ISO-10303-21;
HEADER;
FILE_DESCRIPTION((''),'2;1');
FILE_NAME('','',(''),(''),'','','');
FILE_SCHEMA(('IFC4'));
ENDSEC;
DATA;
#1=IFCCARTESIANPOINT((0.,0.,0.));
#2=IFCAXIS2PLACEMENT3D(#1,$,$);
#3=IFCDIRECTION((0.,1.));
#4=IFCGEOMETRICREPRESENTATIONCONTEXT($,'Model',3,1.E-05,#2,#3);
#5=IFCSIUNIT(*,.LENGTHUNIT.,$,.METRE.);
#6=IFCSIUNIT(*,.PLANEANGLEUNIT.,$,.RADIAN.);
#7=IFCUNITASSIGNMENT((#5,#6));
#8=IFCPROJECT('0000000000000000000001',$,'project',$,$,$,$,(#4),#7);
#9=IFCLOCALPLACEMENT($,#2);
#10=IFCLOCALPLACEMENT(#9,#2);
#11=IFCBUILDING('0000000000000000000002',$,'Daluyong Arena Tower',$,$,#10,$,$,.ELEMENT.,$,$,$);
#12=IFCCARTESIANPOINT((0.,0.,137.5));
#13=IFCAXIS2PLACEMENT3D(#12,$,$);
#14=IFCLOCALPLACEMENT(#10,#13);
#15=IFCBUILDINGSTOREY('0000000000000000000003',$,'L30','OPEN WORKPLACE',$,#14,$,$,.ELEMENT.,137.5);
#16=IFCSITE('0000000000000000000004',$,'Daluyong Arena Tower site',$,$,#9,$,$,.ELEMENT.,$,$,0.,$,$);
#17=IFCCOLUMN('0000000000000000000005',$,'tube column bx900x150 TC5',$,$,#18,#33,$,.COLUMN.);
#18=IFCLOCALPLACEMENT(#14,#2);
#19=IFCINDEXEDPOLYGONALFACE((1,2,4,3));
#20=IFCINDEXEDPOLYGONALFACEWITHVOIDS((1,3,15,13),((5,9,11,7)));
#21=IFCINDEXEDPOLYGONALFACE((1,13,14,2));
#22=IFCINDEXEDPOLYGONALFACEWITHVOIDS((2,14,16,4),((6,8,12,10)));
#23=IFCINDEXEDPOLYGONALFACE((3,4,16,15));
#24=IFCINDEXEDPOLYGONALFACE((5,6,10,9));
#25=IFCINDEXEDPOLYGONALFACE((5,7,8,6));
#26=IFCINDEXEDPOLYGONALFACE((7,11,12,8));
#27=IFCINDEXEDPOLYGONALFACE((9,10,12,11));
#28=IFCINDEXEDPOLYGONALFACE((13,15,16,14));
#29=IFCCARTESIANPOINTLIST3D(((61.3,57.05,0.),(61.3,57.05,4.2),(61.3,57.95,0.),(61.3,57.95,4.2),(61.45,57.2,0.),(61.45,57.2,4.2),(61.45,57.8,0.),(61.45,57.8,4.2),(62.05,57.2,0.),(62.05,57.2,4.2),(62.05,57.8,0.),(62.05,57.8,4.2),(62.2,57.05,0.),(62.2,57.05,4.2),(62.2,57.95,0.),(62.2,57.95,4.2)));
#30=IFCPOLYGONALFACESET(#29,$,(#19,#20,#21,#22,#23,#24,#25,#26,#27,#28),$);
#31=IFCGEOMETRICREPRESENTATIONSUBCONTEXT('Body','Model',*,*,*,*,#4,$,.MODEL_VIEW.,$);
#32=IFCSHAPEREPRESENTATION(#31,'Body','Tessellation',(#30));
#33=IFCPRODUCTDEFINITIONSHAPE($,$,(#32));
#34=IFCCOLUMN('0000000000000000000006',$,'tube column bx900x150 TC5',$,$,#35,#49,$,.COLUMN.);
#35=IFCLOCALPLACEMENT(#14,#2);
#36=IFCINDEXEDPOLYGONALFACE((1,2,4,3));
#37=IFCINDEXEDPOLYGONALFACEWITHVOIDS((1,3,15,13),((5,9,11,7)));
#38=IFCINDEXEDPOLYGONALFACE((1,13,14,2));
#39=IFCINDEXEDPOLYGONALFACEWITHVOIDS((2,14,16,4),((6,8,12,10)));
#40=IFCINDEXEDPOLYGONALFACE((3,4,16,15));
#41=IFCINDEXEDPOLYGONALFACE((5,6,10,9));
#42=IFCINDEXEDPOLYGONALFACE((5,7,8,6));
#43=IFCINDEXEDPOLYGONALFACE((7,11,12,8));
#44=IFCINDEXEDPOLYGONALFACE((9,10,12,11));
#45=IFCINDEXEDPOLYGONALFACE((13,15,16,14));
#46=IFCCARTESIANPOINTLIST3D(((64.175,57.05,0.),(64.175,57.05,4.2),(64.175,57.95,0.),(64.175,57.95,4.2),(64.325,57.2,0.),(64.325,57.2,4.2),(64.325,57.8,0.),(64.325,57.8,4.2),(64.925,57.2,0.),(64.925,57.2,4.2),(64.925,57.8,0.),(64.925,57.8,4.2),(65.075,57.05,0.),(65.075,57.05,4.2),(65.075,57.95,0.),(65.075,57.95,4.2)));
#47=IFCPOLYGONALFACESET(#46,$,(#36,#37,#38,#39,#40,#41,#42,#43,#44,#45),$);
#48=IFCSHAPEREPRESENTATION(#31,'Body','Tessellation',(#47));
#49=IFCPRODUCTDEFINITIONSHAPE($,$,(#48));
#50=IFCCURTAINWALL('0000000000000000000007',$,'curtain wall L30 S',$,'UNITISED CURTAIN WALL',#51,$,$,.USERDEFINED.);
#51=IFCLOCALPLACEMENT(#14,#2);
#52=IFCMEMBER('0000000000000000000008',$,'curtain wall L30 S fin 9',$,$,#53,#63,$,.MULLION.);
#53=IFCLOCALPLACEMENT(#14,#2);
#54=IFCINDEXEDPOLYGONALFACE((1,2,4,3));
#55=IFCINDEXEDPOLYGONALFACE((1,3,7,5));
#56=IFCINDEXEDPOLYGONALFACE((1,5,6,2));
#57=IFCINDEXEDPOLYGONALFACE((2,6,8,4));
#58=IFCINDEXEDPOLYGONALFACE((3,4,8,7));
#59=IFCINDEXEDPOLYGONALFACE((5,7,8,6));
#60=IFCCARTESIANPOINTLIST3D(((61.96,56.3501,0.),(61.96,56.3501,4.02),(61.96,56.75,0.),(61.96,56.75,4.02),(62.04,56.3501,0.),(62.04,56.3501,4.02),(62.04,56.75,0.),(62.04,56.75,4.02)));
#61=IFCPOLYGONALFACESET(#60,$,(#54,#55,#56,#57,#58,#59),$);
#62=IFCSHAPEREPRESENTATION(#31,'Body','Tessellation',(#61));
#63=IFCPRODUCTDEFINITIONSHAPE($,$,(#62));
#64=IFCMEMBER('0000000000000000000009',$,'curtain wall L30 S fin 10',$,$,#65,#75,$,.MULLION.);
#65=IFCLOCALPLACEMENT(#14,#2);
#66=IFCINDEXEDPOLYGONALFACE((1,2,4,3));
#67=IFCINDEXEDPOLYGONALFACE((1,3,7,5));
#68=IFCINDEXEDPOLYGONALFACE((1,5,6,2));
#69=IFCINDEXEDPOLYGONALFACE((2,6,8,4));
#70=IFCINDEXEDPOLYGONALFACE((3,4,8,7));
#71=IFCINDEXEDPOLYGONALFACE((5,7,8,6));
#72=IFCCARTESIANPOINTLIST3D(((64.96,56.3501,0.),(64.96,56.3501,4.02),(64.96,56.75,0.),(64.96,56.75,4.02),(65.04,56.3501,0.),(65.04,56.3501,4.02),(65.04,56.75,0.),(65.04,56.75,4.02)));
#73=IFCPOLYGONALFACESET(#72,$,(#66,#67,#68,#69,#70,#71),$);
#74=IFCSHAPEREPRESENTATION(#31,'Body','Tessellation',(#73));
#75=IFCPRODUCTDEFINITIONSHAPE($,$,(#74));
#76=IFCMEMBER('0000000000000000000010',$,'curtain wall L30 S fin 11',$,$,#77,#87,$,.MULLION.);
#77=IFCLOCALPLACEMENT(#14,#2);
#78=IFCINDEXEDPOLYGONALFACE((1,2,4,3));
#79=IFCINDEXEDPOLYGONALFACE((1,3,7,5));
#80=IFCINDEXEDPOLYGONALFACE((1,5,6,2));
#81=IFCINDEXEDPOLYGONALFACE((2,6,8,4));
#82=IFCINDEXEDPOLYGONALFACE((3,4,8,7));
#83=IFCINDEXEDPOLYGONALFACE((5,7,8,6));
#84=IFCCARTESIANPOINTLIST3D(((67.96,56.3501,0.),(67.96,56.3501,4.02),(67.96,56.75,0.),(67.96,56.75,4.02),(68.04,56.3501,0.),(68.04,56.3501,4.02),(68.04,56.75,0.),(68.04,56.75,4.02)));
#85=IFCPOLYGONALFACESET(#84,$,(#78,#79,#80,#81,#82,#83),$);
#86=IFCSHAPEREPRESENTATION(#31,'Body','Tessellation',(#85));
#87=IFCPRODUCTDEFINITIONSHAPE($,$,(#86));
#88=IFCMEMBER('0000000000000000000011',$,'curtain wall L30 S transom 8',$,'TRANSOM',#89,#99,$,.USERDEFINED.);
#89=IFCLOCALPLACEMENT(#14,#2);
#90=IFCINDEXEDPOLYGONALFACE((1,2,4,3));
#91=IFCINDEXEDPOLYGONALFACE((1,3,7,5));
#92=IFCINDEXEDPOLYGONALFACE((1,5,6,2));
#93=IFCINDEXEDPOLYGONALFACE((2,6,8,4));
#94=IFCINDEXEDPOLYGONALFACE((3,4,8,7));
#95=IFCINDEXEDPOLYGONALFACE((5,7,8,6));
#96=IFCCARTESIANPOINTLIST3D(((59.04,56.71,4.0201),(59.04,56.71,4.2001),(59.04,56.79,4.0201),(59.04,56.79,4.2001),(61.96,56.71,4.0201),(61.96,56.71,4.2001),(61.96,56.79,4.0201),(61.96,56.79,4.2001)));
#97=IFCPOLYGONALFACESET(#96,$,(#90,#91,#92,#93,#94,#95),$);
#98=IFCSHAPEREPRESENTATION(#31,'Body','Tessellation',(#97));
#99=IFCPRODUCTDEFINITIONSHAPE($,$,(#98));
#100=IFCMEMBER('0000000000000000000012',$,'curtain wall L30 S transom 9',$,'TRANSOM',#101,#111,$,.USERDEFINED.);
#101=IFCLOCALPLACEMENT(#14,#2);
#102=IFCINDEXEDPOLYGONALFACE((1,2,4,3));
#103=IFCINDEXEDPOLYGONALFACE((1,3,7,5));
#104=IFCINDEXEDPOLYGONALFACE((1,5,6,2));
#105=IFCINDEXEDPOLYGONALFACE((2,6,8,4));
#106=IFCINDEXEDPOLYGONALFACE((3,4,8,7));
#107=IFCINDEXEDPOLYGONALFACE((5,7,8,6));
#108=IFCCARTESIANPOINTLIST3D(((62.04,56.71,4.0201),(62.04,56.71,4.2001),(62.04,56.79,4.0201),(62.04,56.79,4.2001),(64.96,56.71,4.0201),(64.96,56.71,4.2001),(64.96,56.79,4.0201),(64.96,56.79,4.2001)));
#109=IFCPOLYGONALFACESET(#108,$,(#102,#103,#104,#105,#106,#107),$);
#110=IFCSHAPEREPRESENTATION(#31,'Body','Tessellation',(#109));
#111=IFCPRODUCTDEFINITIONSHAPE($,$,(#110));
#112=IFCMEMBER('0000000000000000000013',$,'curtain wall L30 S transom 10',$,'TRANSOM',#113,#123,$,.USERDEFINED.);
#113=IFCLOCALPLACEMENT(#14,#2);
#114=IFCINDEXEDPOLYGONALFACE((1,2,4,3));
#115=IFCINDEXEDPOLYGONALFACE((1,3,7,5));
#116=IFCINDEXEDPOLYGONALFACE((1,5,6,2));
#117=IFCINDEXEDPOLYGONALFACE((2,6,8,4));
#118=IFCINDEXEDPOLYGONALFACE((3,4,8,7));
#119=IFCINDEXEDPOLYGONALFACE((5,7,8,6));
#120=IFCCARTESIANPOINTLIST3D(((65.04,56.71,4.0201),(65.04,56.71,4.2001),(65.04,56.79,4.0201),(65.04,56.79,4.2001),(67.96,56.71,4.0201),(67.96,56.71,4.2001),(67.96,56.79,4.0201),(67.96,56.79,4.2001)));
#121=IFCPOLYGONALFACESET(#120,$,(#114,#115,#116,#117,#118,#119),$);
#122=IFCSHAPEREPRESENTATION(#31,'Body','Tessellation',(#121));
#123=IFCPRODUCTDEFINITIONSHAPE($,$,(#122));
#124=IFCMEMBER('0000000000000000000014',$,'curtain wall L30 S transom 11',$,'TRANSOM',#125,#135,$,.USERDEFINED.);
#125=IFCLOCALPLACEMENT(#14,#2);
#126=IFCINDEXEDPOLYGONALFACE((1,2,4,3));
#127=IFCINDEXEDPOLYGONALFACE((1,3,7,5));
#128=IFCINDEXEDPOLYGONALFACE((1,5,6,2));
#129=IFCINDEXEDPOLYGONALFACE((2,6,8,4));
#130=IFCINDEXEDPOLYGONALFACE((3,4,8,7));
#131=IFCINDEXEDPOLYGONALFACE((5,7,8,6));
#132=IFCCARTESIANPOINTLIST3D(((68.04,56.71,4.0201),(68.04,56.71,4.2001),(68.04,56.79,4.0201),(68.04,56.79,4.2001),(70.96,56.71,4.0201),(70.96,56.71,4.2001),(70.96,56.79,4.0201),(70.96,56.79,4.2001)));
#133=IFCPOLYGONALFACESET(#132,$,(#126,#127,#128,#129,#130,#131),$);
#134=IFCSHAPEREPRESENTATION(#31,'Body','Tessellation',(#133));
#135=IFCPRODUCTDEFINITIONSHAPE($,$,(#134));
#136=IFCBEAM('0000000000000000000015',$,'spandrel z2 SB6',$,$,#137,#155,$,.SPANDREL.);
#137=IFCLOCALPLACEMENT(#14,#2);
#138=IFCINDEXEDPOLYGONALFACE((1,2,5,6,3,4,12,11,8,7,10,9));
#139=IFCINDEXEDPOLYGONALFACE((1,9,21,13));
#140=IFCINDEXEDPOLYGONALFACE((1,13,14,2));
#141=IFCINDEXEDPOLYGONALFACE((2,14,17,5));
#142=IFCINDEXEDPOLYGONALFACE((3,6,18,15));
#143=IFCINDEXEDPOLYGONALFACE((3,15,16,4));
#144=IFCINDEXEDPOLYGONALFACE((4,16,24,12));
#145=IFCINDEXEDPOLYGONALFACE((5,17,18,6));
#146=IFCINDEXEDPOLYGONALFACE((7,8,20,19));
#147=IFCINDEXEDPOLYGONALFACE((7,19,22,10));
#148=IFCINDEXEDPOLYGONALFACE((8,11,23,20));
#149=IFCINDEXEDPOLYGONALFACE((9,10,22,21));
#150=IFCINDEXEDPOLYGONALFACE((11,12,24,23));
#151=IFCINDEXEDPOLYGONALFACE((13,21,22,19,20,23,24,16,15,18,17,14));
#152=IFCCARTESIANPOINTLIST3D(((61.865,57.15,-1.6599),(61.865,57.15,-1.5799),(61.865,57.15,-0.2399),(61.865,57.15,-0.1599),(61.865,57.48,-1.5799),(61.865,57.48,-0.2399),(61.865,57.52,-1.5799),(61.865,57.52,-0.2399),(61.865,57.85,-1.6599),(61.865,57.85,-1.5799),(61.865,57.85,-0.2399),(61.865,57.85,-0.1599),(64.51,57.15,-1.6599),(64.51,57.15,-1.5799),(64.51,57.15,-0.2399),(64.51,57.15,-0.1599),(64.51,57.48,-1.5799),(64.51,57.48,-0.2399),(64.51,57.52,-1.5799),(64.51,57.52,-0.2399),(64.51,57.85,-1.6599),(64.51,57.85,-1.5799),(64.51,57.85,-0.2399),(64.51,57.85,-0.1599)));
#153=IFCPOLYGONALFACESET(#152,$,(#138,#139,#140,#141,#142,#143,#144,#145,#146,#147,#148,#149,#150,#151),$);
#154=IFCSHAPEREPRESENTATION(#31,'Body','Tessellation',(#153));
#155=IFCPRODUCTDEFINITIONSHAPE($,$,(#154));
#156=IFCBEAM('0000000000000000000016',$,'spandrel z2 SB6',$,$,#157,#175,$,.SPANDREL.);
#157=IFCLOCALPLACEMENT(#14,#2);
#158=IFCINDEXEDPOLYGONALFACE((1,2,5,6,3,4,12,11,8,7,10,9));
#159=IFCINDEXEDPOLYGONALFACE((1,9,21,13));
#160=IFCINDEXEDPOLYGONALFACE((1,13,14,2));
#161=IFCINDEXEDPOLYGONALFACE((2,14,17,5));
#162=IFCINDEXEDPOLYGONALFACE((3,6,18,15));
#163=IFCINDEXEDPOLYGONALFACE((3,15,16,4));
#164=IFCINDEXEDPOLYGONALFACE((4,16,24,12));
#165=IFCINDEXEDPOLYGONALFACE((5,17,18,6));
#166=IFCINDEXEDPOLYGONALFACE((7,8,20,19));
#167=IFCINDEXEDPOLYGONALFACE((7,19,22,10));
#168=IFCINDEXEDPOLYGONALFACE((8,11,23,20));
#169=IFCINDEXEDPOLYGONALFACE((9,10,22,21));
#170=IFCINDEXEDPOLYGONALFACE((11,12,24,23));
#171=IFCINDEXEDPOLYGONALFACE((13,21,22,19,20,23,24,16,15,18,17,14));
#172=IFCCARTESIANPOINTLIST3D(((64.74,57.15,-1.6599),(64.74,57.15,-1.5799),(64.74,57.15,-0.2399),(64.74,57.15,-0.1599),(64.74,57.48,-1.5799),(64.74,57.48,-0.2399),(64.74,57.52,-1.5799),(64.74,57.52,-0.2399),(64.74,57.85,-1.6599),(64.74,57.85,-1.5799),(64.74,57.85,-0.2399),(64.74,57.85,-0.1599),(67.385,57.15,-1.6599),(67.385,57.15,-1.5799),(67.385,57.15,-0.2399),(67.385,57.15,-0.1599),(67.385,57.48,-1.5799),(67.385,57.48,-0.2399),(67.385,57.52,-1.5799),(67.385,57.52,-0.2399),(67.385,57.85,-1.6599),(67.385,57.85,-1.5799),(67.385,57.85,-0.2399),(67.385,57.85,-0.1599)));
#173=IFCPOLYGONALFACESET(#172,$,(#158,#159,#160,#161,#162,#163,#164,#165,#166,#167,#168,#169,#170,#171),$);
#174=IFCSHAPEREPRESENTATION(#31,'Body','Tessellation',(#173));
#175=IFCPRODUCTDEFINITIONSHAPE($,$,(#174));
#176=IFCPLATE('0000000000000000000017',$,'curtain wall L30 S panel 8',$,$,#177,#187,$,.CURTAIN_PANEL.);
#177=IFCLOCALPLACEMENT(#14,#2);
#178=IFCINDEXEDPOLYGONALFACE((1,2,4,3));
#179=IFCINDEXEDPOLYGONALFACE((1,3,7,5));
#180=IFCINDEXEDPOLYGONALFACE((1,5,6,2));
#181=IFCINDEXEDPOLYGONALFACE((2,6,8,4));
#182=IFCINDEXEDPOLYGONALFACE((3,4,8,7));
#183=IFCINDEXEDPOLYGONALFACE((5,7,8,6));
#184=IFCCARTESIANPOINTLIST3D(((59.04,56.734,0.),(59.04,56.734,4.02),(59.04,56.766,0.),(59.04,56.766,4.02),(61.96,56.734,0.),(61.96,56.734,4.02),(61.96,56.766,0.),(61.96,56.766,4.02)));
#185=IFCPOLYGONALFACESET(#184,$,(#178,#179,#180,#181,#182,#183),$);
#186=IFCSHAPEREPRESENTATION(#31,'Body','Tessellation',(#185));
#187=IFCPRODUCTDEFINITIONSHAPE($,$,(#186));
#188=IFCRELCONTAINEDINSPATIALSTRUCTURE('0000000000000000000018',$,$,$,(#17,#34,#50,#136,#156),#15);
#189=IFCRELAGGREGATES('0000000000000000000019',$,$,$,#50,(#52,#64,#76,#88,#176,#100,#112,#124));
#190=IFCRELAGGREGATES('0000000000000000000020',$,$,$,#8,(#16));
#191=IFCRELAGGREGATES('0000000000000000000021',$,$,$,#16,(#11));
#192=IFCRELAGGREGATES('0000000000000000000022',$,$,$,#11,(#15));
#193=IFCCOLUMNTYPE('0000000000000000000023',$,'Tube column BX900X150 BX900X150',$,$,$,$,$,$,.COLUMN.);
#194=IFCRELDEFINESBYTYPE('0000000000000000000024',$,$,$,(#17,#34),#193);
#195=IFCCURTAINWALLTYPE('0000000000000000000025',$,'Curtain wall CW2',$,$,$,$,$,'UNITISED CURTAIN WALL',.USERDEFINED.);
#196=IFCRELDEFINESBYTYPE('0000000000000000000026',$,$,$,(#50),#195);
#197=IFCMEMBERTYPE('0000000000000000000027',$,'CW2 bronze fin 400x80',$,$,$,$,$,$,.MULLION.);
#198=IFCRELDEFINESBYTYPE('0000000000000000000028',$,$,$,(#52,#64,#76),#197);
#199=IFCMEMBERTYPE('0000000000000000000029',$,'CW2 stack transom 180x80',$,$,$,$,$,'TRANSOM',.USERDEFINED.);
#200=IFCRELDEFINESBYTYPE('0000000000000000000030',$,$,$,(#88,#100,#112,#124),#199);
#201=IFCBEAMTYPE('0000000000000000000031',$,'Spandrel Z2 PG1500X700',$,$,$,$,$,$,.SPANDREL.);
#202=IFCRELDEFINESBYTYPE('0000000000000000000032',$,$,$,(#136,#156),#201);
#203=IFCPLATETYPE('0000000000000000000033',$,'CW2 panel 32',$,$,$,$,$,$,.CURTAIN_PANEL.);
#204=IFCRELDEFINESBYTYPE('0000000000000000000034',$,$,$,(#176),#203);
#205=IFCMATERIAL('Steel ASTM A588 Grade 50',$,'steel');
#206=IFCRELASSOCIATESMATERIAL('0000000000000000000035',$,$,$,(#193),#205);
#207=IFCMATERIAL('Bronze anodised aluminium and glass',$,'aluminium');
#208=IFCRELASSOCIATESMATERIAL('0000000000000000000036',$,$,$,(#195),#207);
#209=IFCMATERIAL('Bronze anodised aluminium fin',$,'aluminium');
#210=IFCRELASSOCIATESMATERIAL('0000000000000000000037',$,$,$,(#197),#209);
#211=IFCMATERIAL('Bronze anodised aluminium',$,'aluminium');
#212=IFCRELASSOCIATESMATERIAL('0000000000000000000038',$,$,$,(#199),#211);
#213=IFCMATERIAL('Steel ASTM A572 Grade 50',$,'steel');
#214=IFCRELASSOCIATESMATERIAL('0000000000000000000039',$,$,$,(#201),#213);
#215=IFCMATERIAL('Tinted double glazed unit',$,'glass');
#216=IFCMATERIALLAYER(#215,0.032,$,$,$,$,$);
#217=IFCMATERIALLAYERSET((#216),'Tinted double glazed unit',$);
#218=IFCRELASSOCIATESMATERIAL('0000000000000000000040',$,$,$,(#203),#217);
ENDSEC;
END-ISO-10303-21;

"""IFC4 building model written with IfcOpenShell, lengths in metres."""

from ifc_helpers import new_model, si_unit, direction, frame, origin, origin_2d, place, context, subcontext, project, spatial, rectangle, hollow_rectangle, i_section, extrude, material, layer, layer_set, material_profile, profile_set, type_object, element, aggregate, save


model = new_model("IFC4")

# Units and contexts
model_context = context("Model", 3, precision=1e-05, world=origin(), true_north=direction((0.0, 1.0)))
body_context = subcontext(model_context, "Body", "Model", "MODEL_VIEW")
ifc_project = project(units=[si_unit("LENGTHUNIT", "METRE"), si_unit("PLANEANGLEUNIT", "RADIAN")], contexts=[model_context])

# Site, building, storey
site_placement = place(None, origin())
site = spatial("IfcSite", under=ifc_project, at=site_placement, Name="Daluyong Arena Tower site", CompositionType="ELEMENT", RefElevation=0.0)
building_placement = place(site_placement, origin())
building = spatial("IfcBuilding", under=site, at=building_placement, Name="Daluyong Arena Tower", CompositionType="ELEMENT")
storey_placement = place(building_placement, frame((0.0, 0.0, 137.5)))
storey = spatial("IfcBuildingStorey", under=building, at=storey_placement, Name="L30", Description="OPEN WORKPLACE", CompositionType="ELEMENT", Elevation=137.5)

# Columns
ifc_material_1 = material(Name="Steel ASTM A588 Grade 50", Category="steel")
ifc_material_profile_1 = material_profile(ifc_material_1, hollow_rectangle(XDim=0.8999, YDim=0.8999, WallThickness=0.15, at=origin_2d()))
ifc_profile_set_1 = profile_set([ifc_material_profile_1], Name="Steel ASTM A588 Grade 50")
column_type = type_object("IfcColumnType", Name="Tube column BX900X150 BX900X150", PredefinedType="COLUMN", material=ifc_profile_set_1)
for number, where, z_axis, x_axis, name in (
    (1, (61.75, 57.5, 0.0), (0.0, 0.0, 1.0), (1.0, 0.0, 0.0), "tube column bx900x150 TC5"),
    (2, (64.625, 57.5, 0.0), (0.0, 0.0, 1.0), (1.0, 0.0, 0.0), "tube column bx900x150 TC5"),
):
    element("IfcColumn", number, at=place(storey_placement, frame(where, z_axis=z_axis, x_axis=x_axis)), inside=storey, type_object=column_type, Name=name, PredefinedType="COLUMN", context=body_context, shape_type="SweptSolid", body=[
        extrude(hollow_rectangle(XDim=0.8999, YDim=0.8999, WallThickness=0.15, at=origin_2d()), origin(), (0.0, 0.0, 1.0), 4.2),
    ])

# Curtain wall, members
ifc_material_2 = material(Name="Bronze anodised aluminium and glass", Category="aluminium")
curtain_wall_type = type_object("IfcCurtainWallType", Name="Curtain wall CW2", ElementType="UNITISED CURTAIN WALL", PredefinedType="USERDEFINED", material=ifc_material_2)
curtain_wall_placement = place(storey_placement, origin())
curtain_wall = element("IfcCurtainWall", 3, at=curtain_wall_placement, inside=storey, type_object=curtain_wall_type, Name="curtain wall L30 S", ObjectType="UNITISED CURTAIN WALL", PredefinedType="USERDEFINED")
ifc_material_3 = material(Name="Bronze anodised aluminium fin", Category="aluminium")
ifc_material_profile_2 = material_profile(ifc_material_3, rectangle(XDim=0.3999, YDim=0.0801, at=origin_2d()))
ifc_profile_set_2 = profile_set([ifc_material_profile_2], Name="Bronze anodised aluminium fin")
member_type_1 = type_object("IfcMemberType", Name="CW2 bronze fin 400x80", PredefinedType="MULLION", material=ifc_profile_set_2)
member_1_placement = place(storey_placement, frame((62.0, 56.55, 0.0), z_axis=(0.0, 0.0, 1.0), x_axis=(0.0, 1.0, 0.0)))
member_1 = element("IfcMember", 4, at=member_1_placement, type_object=member_type_1, Name="curtain wall L30 S fin 9", PredefinedType="MULLION", context=body_context, shape_type="SweptSolid", body=[
    extrude(rectangle(XDim=0.3999, YDim=0.0801, at=origin_2d()), origin(), (0.0, 0.0, 1.0), 4.02),
])
member_2_placement = place(storey_placement, frame((65.0, 56.55, 0.0), z_axis=(0.0, 0.0, 1.0), x_axis=(0.0, 1.0, 0.0)))
member_2 = element("IfcMember", 5, at=member_2_placement, type_object=member_type_1, Name="curtain wall L30 S fin 10", PredefinedType="MULLION", context=body_context, shape_type="SweptSolid", body=[
    extrude(rectangle(XDim=0.3999, YDim=0.0801, at=origin_2d()), origin(), (0.0, 0.0, 1.0), 4.02),
])
member_3_placement = place(storey_placement, frame((68.0, 56.55, 0.0), z_axis=(0.0, 0.0, 1.0), x_axis=(0.0, 1.0, 0.0)))
member_3 = element("IfcMember", 6, at=member_3_placement, type_object=member_type_1, Name="curtain wall L30 S fin 11", PredefinedType="MULLION", context=body_context, shape_type="SweptSolid", body=[
    extrude(rectangle(XDim=0.3999, YDim=0.0801, at=origin_2d()), origin(), (0.0, 0.0, 1.0), 4.02),
])
ifc_material_4 = material(Name="Bronze anodised aluminium", Category="aluminium")
ifc_material_profile_3 = material_profile(ifc_material_4, rectangle(XDim=0.0801, YDim=0.1799, at=origin_2d()))
ifc_profile_set_3 = profile_set([ifc_material_profile_3], Name="Bronze anodised aluminium")
member_type_2 = type_object("IfcMemberType", Name="CW2 stack transom 180x80", ElementType="TRANSOM", PredefinedType="USERDEFINED", material=ifc_profile_set_3)
member_4_placement = place(storey_placement, frame((59.04, 56.75, 4.1101), z_axis=(1.0, 0.0, 0.0), x_axis=(0.0, 1.0, 0.0)))
member_4 = element("IfcMember", 7, at=member_4_placement, type_object=member_type_2, Name="curtain wall L30 S transom 8", ObjectType="TRANSOM", PredefinedType="USERDEFINED", context=body_context, shape_type="SweptSolid", body=[
    extrude(rectangle(XDim=0.0801, YDim=0.1799, at=origin_2d()), origin(), (0.0, 0.0, 1.0), 2.9199),
])
member_5_placement = place(storey_placement, frame((62.04, 56.75, 4.1101), z_axis=(1.0, 0.0, 0.0), x_axis=(0.0, 1.0, 0.0)))
member_5 = element("IfcMember", 8, at=member_5_placement, type_object=member_type_2, Name="curtain wall L30 S transom 9", ObjectType="TRANSOM", PredefinedType="USERDEFINED", context=body_context, shape_type="SweptSolid", body=[
    extrude(rectangle(XDim=0.0801, YDim=0.1799, at=origin_2d()), origin(), (0.0, 0.0, 1.0), 2.9199),
])
member_6_placement = place(storey_placement, frame((65.04, 56.75, 4.1101), z_axis=(1.0, 0.0, 0.0), x_axis=(0.0, 1.0, 0.0)))
member_6 = element("IfcMember", 9, at=member_6_placement, type_object=member_type_2, Name="curtain wall L30 S transom 10", ObjectType="TRANSOM", PredefinedType="USERDEFINED", context=body_context, shape_type="SweptSolid", body=[
    extrude(rectangle(XDim=0.0801, YDim=0.1799, at=origin_2d()), origin(), (0.0, 0.0, 1.0), 2.9199),
])
member_7_placement = place(storey_placement, frame((68.04, 56.75, 4.1101), z_axis=(1.0, 0.0, 0.0), x_axis=(0.0, 1.0, 0.0)))
member_7 = element("IfcMember", 10, at=member_7_placement, type_object=member_type_2, Name="curtain wall L30 S transom 11", ObjectType="TRANSOM", PredefinedType="USERDEFINED", context=body_context, shape_type="SweptSolid", body=[
    extrude(rectangle(XDim=0.0801, YDim=0.1799, at=origin_2d()), origin(), (0.0, 0.0, 1.0), 2.9199),
])

# Beams
ifc_material_5 = material(Name="Steel ASTM A572 Grade 50", Category="steel")
ifc_material_profile_4 = material_profile(ifc_material_5, i_section(OverallWidth=0.7, OverallDepth=1.5, WebThickness=0.04, FlangeThickness=0.08, at=origin_2d()))
ifc_profile_set_4 = profile_set([ifc_material_profile_4], Name="Steel ASTM A572 Grade 50")
beam_type = type_object("IfcBeamType", Name="Spandrel Z2 PG1500X700", PredefinedType="SPANDREL", material=ifc_profile_set_4)
for number, where, z_axis, x_axis, name in (
    (11, (61.865, 57.5, -0.9099), (1.0, 0.0, 0.0), (0.0, 1.0, 0.0), "spandrel z2 SB6"),
    (12, (64.74, 57.5, -0.9099), (1.0, 0.0, 0.0), (0.0, 1.0, 0.0), "spandrel z2 SB6"),
):
    element("IfcBeam", number, at=place(storey_placement, frame(where, z_axis=z_axis, x_axis=x_axis)), inside=storey, type_object=beam_type, Name=name, PredefinedType="SPANDREL", context=body_context, shape_type="SweptSolid", body=[
        extrude(i_section(OverallWidth=0.7, OverallDepth=1.5, WebThickness=0.04, FlangeThickness=0.08, at=origin_2d()), origin(), (0.0, 0.0, 1.0), 2.645),
    ])

# Plate
ifc_material_6 = material(Name="Tinted double glazed unit", Category="glass")
ifc_layer = layer(ifc_material_6, 0.032)
ifc_layer_set = layer_set([ifc_layer], Name="Tinted double glazed unit")
plate_type = type_object("IfcPlateType", Name="CW2 panel 32", PredefinedType="CURTAIN_PANEL", material=ifc_layer_set)
plate_1_placement = place(storey_placement, frame((60.5, 56.75, 0.0), z_axis=(0.0, 0.0, 1.0), x_axis=(1.0, 0.0, 0.0)))
plate_1 = element("IfcPlate", 13, at=plate_1_placement, type_object=plate_type, Name="curtain wall L30 S panel 8", PredefinedType="CURTAIN_PANEL", context=body_context, shape_type="SweptSolid", body=[
    extrude(rectangle(XDim=2.9199, YDim=0.032, at=origin_2d()), origin(), (0.0, 0.0, 1.0), 4.02),
])
aggregate(curtain_wall, [member_1, member_2, member_3, member_4, plate_1, member_5, member_6, member_7])

save(model, "model.ifc")
